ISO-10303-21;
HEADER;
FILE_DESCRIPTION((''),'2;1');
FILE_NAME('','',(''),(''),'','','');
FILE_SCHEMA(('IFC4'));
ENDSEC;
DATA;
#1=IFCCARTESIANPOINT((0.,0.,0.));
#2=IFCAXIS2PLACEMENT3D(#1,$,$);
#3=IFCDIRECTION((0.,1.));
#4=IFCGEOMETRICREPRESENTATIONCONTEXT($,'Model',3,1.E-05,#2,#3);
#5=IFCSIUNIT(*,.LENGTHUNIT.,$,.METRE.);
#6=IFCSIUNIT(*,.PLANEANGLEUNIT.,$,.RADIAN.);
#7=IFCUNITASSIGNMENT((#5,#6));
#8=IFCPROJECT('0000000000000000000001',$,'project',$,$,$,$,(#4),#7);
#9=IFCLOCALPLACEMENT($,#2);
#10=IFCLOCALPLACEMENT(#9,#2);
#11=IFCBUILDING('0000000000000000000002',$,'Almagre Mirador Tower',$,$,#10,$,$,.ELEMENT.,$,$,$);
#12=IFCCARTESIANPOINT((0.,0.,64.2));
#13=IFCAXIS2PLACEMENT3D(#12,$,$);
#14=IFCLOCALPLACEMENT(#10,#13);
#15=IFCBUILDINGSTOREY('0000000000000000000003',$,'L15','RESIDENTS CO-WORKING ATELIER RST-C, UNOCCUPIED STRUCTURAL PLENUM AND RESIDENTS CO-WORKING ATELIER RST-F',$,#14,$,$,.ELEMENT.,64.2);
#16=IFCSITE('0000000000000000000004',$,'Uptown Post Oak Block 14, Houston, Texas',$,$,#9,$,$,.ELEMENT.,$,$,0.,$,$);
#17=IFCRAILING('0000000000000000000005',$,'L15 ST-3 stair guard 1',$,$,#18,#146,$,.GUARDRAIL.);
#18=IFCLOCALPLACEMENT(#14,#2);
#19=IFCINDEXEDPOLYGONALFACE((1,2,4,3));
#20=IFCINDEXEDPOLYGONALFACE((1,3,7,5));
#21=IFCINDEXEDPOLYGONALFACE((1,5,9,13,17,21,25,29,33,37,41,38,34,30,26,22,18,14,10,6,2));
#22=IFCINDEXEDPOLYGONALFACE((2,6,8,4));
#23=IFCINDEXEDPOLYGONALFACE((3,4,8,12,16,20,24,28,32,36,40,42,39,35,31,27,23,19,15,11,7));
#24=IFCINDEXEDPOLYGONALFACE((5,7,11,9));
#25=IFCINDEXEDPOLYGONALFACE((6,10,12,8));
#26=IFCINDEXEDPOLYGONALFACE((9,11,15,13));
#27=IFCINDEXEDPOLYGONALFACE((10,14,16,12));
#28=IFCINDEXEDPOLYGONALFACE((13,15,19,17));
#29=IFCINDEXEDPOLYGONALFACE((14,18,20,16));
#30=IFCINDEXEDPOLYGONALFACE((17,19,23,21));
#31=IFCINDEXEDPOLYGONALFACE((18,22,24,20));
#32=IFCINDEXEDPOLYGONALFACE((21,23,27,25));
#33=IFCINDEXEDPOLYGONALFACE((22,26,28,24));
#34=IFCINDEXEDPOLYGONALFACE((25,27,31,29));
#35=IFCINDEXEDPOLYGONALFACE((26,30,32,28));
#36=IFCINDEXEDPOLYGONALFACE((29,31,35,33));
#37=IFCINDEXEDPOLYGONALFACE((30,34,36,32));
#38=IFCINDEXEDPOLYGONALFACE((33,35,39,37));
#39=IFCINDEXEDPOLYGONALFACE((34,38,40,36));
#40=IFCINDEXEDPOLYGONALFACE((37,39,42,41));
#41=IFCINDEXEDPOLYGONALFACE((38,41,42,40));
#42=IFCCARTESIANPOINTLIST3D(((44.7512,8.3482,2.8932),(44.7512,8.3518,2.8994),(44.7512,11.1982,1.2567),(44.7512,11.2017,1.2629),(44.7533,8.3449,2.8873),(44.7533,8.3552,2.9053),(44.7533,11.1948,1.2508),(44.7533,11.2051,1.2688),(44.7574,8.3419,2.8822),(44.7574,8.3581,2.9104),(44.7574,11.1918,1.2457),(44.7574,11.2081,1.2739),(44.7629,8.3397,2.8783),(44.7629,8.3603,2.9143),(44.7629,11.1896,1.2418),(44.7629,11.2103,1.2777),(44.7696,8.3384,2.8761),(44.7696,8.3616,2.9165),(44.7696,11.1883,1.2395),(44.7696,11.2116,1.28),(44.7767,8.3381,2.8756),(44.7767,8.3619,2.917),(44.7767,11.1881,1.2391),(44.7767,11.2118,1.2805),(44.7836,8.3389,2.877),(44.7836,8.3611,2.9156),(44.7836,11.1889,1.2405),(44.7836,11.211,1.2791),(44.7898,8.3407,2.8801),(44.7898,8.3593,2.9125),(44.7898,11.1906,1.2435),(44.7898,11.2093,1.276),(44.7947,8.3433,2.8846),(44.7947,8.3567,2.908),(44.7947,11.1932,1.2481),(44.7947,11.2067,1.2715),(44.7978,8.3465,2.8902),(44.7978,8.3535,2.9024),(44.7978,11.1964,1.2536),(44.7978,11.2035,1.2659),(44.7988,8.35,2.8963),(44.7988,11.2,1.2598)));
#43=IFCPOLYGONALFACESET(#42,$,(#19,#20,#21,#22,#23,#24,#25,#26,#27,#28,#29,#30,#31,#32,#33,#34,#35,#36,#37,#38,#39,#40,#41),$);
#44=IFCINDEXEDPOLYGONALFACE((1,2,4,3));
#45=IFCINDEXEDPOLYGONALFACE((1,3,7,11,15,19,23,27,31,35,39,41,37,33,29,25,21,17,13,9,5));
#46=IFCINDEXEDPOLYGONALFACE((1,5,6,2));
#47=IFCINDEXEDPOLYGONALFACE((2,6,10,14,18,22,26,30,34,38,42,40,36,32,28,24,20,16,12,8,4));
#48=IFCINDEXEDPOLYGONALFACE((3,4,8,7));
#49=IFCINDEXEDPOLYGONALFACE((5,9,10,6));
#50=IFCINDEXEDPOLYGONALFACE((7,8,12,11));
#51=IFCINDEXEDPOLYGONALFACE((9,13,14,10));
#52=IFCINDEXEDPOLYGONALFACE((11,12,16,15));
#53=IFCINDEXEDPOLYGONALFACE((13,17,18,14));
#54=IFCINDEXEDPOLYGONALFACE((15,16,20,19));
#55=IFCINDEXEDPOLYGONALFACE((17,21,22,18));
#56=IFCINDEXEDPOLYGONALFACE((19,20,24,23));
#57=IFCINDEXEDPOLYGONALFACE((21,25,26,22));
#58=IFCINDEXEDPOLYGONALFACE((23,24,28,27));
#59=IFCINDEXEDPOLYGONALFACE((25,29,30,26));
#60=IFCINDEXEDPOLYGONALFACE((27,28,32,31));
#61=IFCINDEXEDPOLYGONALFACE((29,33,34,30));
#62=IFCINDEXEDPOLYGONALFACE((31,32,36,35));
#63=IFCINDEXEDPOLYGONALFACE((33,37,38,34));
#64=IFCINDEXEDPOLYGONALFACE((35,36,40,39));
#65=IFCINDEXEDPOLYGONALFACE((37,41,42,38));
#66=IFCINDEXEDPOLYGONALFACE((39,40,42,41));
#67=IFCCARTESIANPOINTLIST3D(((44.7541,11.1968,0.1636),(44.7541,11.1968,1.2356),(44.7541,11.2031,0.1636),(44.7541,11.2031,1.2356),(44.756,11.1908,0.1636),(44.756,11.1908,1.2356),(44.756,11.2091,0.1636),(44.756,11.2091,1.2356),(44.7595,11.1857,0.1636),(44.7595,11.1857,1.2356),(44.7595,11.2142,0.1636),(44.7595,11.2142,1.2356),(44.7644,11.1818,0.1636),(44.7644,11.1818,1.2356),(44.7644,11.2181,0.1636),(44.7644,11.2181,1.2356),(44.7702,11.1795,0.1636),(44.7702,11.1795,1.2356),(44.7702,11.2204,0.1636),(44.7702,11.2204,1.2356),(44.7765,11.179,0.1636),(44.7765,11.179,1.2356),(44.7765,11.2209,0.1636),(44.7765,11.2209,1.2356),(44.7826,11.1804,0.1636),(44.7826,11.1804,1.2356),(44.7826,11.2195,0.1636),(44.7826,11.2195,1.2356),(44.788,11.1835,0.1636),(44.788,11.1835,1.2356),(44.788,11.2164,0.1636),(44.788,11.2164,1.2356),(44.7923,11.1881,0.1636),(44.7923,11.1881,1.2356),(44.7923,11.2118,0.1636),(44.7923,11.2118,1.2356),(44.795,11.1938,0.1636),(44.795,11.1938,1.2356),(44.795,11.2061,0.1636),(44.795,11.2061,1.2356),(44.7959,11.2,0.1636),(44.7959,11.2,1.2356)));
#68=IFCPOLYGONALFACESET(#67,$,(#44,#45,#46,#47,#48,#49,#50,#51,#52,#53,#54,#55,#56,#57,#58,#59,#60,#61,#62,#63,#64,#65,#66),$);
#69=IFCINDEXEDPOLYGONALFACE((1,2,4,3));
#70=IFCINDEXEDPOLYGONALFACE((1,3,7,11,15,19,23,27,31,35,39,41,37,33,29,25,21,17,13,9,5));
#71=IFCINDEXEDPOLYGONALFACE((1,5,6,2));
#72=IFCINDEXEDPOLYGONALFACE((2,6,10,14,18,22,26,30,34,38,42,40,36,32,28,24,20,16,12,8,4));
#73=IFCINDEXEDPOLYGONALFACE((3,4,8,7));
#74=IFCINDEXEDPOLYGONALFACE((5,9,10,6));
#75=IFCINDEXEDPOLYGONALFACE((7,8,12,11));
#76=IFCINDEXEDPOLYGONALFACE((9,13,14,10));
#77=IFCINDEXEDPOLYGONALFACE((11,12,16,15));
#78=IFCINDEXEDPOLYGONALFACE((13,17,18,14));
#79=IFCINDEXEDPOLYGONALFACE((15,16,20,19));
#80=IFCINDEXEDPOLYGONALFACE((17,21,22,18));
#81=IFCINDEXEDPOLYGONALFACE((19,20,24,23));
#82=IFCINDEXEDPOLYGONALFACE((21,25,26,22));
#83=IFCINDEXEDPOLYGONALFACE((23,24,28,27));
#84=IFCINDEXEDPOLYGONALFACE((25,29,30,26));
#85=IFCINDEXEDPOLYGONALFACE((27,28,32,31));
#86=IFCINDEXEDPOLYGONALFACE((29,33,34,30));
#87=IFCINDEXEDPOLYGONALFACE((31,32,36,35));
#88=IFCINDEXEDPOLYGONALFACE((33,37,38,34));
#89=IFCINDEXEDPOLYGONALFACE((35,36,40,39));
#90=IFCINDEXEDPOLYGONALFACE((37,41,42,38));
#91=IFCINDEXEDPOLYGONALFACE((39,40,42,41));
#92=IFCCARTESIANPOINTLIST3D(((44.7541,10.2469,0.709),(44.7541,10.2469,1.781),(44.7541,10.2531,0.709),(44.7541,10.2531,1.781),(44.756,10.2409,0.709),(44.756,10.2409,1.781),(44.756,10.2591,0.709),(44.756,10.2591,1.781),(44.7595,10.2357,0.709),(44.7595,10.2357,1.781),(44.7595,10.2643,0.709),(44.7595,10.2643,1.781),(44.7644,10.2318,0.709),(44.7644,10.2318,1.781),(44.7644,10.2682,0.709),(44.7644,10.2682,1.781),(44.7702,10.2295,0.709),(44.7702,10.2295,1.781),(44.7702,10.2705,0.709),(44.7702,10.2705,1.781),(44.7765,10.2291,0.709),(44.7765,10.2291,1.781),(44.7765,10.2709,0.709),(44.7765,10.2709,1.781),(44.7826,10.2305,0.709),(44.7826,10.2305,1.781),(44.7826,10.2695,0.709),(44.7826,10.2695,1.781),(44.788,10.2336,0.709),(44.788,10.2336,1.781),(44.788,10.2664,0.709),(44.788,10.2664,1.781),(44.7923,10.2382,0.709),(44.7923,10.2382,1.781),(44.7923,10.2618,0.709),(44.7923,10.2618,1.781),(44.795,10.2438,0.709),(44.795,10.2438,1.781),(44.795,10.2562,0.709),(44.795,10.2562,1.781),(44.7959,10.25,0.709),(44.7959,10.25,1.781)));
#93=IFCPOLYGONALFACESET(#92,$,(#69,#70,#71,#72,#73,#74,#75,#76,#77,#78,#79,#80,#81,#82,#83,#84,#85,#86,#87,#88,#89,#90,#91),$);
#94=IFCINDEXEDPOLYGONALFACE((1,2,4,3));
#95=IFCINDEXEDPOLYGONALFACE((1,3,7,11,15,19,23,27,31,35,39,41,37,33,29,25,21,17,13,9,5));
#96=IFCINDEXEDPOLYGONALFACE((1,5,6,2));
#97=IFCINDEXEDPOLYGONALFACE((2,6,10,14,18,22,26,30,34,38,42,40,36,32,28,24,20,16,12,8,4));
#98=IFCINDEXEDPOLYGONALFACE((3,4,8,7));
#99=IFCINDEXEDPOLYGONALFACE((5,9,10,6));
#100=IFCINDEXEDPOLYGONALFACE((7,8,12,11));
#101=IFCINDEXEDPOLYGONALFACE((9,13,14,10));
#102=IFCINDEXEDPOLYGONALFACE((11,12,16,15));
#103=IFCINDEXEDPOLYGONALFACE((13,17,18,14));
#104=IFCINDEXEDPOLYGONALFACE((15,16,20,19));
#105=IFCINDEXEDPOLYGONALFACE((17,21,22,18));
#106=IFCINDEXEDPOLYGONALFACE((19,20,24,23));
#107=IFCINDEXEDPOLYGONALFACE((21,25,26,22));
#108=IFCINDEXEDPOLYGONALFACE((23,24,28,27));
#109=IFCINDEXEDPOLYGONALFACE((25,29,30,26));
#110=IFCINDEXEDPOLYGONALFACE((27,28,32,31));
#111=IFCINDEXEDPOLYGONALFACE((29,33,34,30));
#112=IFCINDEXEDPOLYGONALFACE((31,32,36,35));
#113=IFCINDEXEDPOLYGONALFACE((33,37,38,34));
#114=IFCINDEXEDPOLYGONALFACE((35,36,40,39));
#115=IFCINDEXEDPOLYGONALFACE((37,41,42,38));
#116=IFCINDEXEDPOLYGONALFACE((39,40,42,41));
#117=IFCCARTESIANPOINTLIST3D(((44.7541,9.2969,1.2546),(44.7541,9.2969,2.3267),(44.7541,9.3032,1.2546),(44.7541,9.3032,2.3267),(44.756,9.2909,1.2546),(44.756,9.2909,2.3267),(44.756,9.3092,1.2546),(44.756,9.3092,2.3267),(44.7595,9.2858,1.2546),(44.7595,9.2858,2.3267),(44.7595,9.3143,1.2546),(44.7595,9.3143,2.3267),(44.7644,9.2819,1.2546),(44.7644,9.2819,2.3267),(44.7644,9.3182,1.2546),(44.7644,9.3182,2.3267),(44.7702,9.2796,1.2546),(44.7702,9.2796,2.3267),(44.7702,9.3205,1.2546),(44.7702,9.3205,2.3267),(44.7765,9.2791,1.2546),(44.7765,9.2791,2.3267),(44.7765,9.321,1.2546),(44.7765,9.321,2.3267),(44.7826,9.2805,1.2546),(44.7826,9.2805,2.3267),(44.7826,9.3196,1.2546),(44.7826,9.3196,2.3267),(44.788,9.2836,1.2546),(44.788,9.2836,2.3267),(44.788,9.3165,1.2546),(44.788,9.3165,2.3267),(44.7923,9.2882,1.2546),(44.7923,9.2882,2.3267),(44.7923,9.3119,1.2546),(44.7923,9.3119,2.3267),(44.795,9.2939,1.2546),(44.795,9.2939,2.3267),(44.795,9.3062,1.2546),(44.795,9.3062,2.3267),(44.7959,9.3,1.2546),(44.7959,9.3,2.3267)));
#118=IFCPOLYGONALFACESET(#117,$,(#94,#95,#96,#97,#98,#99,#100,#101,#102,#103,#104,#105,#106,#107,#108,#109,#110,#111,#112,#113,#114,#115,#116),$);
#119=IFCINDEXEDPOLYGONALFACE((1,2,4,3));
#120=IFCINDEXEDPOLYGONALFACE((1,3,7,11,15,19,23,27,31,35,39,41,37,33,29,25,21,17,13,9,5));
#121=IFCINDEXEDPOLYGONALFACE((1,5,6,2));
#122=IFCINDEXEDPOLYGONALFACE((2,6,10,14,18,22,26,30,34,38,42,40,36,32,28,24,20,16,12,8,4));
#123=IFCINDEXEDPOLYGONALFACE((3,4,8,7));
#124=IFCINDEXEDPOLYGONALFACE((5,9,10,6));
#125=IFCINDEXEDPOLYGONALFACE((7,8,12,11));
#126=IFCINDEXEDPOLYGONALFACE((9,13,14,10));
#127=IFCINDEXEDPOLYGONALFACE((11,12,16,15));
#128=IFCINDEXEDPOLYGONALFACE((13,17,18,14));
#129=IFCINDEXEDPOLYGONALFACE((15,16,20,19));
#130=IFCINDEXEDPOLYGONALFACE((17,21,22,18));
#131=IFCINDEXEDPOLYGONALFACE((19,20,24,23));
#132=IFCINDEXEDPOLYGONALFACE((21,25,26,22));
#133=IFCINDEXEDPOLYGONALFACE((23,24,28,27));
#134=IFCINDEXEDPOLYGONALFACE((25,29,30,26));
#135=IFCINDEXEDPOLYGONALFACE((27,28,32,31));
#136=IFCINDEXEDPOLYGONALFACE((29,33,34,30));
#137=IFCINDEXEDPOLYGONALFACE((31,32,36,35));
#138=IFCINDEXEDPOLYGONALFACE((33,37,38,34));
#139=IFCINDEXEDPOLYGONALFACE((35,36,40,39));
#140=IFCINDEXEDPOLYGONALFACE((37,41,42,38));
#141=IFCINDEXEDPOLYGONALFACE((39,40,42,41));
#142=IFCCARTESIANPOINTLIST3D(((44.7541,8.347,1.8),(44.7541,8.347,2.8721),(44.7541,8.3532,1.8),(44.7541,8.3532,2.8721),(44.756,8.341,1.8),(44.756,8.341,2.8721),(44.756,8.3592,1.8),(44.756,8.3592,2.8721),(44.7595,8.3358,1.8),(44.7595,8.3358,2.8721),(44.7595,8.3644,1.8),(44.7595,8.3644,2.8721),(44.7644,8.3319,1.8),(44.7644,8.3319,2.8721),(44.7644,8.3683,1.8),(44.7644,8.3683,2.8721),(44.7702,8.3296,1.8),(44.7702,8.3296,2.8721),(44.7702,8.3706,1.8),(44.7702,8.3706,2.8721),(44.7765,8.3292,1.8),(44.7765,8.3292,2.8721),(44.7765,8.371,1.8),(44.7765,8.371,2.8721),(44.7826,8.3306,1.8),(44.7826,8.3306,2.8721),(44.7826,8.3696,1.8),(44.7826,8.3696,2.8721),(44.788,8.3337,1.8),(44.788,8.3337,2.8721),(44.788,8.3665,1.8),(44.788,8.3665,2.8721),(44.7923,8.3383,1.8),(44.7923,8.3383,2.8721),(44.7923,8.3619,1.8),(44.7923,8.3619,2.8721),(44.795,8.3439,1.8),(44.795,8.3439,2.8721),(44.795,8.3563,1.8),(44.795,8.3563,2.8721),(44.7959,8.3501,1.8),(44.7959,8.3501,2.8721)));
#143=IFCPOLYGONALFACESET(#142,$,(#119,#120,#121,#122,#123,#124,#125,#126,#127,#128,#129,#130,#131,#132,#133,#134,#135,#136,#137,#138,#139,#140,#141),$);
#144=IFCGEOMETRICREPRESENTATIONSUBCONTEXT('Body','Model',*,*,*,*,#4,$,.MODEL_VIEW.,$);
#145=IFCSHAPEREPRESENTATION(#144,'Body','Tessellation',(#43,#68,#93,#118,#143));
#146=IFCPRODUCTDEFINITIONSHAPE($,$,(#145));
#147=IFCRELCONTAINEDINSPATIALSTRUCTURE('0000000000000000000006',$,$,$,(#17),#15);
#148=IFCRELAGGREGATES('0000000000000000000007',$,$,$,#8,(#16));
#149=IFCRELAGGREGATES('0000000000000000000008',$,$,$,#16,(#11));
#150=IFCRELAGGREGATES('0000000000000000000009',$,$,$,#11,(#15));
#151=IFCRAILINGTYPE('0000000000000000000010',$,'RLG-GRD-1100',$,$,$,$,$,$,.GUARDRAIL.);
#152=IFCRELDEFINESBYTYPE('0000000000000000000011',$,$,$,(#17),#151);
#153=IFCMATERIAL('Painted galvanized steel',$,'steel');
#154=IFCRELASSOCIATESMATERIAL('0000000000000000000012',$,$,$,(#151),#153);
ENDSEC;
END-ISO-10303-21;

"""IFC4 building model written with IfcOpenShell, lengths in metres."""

from ifc_helpers import new_model, si_unit, direction, frame, origin, origin_2d, place, context, subcontext, project, spatial, circle, extrude, material, type_object, element, save


model = new_model("IFC4")

# Units and contexts
model_context = context("Model", 3, precision=1e-05, world=origin(), true_north=direction((0.0, 1.0)))
body_context = subcontext(model_context, "Body", "Model", "MODEL_VIEW")
ifc_project = project(units=[si_unit("LENGTHUNIT", "METRE"), si_unit("PLANEANGLEUNIT", "RADIAN")], contexts=[model_context])

# Site, building, storey
site_placement = place(None, origin())
site = spatial("IfcSite", under=ifc_project, at=site_placement, Name="Uptown Post Oak Block 14, Houston, Texas", CompositionType="ELEMENT", RefElevation=0.0)
building_placement = place(site_placement, origin())
building = spatial("IfcBuilding", under=site, at=building_placement, Name="Almagre Mirador Tower", CompositionType="ELEMENT")
storey_placement = place(building_placement, frame((0.0, 0.0, 64.2)))
storey = spatial("IfcBuildingStorey", under=building, at=storey_placement, Name="L15", Description="RESIDENTS CO-WORKING ATELIER RST-C, UNOCCUPIED STRUCTURAL PLENUM AND RESIDENTS CO-WORKING ATELIER RST-F", CompositionType="ELEMENT", Elevation=64.2)

# Railing
ifc_material_1 = material(Name="Painted galvanized steel", Category="steel")
railing_type_1 = type_object("IfcRailingType", Name="RLG-GRD-1100", PredefinedType="GUARDRAIL", material=ifc_material_1)
railing_1_placement = place(storey_placement, frame((44.7749, 11.2, 0.1636)))
element("IfcRailing", 1, at=railing_1_placement, inside=storey, type_object=railing_type_1, Name="L15 ST-3 stair guard 1", PredefinedType="GUARDRAIL", context=body_context, shape_type="SweptSolid", body=[
    extrude(circle(Radius=0.0239, at=origin_2d()), frame((0.0, 0.0, 1.0962), z_axis=(0.0, -0.867194, 0.49797), x_axis=(1.0, 0.0, 0.0)), (0.0, 0.0, 1.0), 3.2864),
    extrude(circle(Radius=0.021, at=origin_2d()), origin(), (0.0, 0.0, 1.0), 1.072),
    extrude(circle(Radius=0.021, at=origin_2d()), frame((0.0, -0.95, 0.5454)), (0.0, 0.0, 1.0), 1.072),
    extrude(circle(Radius=0.021, at=origin_2d()), frame((0.0, -1.8999, 1.0911)), (0.0, 0.0, 1.0), 1.072),
    extrude(circle(Radius=0.021, at=origin_2d()), frame((0.0, -2.8499, 1.6365)), (0.0, 0.0, 1.0), 1.072),
])

save(model, "model.ifc")
